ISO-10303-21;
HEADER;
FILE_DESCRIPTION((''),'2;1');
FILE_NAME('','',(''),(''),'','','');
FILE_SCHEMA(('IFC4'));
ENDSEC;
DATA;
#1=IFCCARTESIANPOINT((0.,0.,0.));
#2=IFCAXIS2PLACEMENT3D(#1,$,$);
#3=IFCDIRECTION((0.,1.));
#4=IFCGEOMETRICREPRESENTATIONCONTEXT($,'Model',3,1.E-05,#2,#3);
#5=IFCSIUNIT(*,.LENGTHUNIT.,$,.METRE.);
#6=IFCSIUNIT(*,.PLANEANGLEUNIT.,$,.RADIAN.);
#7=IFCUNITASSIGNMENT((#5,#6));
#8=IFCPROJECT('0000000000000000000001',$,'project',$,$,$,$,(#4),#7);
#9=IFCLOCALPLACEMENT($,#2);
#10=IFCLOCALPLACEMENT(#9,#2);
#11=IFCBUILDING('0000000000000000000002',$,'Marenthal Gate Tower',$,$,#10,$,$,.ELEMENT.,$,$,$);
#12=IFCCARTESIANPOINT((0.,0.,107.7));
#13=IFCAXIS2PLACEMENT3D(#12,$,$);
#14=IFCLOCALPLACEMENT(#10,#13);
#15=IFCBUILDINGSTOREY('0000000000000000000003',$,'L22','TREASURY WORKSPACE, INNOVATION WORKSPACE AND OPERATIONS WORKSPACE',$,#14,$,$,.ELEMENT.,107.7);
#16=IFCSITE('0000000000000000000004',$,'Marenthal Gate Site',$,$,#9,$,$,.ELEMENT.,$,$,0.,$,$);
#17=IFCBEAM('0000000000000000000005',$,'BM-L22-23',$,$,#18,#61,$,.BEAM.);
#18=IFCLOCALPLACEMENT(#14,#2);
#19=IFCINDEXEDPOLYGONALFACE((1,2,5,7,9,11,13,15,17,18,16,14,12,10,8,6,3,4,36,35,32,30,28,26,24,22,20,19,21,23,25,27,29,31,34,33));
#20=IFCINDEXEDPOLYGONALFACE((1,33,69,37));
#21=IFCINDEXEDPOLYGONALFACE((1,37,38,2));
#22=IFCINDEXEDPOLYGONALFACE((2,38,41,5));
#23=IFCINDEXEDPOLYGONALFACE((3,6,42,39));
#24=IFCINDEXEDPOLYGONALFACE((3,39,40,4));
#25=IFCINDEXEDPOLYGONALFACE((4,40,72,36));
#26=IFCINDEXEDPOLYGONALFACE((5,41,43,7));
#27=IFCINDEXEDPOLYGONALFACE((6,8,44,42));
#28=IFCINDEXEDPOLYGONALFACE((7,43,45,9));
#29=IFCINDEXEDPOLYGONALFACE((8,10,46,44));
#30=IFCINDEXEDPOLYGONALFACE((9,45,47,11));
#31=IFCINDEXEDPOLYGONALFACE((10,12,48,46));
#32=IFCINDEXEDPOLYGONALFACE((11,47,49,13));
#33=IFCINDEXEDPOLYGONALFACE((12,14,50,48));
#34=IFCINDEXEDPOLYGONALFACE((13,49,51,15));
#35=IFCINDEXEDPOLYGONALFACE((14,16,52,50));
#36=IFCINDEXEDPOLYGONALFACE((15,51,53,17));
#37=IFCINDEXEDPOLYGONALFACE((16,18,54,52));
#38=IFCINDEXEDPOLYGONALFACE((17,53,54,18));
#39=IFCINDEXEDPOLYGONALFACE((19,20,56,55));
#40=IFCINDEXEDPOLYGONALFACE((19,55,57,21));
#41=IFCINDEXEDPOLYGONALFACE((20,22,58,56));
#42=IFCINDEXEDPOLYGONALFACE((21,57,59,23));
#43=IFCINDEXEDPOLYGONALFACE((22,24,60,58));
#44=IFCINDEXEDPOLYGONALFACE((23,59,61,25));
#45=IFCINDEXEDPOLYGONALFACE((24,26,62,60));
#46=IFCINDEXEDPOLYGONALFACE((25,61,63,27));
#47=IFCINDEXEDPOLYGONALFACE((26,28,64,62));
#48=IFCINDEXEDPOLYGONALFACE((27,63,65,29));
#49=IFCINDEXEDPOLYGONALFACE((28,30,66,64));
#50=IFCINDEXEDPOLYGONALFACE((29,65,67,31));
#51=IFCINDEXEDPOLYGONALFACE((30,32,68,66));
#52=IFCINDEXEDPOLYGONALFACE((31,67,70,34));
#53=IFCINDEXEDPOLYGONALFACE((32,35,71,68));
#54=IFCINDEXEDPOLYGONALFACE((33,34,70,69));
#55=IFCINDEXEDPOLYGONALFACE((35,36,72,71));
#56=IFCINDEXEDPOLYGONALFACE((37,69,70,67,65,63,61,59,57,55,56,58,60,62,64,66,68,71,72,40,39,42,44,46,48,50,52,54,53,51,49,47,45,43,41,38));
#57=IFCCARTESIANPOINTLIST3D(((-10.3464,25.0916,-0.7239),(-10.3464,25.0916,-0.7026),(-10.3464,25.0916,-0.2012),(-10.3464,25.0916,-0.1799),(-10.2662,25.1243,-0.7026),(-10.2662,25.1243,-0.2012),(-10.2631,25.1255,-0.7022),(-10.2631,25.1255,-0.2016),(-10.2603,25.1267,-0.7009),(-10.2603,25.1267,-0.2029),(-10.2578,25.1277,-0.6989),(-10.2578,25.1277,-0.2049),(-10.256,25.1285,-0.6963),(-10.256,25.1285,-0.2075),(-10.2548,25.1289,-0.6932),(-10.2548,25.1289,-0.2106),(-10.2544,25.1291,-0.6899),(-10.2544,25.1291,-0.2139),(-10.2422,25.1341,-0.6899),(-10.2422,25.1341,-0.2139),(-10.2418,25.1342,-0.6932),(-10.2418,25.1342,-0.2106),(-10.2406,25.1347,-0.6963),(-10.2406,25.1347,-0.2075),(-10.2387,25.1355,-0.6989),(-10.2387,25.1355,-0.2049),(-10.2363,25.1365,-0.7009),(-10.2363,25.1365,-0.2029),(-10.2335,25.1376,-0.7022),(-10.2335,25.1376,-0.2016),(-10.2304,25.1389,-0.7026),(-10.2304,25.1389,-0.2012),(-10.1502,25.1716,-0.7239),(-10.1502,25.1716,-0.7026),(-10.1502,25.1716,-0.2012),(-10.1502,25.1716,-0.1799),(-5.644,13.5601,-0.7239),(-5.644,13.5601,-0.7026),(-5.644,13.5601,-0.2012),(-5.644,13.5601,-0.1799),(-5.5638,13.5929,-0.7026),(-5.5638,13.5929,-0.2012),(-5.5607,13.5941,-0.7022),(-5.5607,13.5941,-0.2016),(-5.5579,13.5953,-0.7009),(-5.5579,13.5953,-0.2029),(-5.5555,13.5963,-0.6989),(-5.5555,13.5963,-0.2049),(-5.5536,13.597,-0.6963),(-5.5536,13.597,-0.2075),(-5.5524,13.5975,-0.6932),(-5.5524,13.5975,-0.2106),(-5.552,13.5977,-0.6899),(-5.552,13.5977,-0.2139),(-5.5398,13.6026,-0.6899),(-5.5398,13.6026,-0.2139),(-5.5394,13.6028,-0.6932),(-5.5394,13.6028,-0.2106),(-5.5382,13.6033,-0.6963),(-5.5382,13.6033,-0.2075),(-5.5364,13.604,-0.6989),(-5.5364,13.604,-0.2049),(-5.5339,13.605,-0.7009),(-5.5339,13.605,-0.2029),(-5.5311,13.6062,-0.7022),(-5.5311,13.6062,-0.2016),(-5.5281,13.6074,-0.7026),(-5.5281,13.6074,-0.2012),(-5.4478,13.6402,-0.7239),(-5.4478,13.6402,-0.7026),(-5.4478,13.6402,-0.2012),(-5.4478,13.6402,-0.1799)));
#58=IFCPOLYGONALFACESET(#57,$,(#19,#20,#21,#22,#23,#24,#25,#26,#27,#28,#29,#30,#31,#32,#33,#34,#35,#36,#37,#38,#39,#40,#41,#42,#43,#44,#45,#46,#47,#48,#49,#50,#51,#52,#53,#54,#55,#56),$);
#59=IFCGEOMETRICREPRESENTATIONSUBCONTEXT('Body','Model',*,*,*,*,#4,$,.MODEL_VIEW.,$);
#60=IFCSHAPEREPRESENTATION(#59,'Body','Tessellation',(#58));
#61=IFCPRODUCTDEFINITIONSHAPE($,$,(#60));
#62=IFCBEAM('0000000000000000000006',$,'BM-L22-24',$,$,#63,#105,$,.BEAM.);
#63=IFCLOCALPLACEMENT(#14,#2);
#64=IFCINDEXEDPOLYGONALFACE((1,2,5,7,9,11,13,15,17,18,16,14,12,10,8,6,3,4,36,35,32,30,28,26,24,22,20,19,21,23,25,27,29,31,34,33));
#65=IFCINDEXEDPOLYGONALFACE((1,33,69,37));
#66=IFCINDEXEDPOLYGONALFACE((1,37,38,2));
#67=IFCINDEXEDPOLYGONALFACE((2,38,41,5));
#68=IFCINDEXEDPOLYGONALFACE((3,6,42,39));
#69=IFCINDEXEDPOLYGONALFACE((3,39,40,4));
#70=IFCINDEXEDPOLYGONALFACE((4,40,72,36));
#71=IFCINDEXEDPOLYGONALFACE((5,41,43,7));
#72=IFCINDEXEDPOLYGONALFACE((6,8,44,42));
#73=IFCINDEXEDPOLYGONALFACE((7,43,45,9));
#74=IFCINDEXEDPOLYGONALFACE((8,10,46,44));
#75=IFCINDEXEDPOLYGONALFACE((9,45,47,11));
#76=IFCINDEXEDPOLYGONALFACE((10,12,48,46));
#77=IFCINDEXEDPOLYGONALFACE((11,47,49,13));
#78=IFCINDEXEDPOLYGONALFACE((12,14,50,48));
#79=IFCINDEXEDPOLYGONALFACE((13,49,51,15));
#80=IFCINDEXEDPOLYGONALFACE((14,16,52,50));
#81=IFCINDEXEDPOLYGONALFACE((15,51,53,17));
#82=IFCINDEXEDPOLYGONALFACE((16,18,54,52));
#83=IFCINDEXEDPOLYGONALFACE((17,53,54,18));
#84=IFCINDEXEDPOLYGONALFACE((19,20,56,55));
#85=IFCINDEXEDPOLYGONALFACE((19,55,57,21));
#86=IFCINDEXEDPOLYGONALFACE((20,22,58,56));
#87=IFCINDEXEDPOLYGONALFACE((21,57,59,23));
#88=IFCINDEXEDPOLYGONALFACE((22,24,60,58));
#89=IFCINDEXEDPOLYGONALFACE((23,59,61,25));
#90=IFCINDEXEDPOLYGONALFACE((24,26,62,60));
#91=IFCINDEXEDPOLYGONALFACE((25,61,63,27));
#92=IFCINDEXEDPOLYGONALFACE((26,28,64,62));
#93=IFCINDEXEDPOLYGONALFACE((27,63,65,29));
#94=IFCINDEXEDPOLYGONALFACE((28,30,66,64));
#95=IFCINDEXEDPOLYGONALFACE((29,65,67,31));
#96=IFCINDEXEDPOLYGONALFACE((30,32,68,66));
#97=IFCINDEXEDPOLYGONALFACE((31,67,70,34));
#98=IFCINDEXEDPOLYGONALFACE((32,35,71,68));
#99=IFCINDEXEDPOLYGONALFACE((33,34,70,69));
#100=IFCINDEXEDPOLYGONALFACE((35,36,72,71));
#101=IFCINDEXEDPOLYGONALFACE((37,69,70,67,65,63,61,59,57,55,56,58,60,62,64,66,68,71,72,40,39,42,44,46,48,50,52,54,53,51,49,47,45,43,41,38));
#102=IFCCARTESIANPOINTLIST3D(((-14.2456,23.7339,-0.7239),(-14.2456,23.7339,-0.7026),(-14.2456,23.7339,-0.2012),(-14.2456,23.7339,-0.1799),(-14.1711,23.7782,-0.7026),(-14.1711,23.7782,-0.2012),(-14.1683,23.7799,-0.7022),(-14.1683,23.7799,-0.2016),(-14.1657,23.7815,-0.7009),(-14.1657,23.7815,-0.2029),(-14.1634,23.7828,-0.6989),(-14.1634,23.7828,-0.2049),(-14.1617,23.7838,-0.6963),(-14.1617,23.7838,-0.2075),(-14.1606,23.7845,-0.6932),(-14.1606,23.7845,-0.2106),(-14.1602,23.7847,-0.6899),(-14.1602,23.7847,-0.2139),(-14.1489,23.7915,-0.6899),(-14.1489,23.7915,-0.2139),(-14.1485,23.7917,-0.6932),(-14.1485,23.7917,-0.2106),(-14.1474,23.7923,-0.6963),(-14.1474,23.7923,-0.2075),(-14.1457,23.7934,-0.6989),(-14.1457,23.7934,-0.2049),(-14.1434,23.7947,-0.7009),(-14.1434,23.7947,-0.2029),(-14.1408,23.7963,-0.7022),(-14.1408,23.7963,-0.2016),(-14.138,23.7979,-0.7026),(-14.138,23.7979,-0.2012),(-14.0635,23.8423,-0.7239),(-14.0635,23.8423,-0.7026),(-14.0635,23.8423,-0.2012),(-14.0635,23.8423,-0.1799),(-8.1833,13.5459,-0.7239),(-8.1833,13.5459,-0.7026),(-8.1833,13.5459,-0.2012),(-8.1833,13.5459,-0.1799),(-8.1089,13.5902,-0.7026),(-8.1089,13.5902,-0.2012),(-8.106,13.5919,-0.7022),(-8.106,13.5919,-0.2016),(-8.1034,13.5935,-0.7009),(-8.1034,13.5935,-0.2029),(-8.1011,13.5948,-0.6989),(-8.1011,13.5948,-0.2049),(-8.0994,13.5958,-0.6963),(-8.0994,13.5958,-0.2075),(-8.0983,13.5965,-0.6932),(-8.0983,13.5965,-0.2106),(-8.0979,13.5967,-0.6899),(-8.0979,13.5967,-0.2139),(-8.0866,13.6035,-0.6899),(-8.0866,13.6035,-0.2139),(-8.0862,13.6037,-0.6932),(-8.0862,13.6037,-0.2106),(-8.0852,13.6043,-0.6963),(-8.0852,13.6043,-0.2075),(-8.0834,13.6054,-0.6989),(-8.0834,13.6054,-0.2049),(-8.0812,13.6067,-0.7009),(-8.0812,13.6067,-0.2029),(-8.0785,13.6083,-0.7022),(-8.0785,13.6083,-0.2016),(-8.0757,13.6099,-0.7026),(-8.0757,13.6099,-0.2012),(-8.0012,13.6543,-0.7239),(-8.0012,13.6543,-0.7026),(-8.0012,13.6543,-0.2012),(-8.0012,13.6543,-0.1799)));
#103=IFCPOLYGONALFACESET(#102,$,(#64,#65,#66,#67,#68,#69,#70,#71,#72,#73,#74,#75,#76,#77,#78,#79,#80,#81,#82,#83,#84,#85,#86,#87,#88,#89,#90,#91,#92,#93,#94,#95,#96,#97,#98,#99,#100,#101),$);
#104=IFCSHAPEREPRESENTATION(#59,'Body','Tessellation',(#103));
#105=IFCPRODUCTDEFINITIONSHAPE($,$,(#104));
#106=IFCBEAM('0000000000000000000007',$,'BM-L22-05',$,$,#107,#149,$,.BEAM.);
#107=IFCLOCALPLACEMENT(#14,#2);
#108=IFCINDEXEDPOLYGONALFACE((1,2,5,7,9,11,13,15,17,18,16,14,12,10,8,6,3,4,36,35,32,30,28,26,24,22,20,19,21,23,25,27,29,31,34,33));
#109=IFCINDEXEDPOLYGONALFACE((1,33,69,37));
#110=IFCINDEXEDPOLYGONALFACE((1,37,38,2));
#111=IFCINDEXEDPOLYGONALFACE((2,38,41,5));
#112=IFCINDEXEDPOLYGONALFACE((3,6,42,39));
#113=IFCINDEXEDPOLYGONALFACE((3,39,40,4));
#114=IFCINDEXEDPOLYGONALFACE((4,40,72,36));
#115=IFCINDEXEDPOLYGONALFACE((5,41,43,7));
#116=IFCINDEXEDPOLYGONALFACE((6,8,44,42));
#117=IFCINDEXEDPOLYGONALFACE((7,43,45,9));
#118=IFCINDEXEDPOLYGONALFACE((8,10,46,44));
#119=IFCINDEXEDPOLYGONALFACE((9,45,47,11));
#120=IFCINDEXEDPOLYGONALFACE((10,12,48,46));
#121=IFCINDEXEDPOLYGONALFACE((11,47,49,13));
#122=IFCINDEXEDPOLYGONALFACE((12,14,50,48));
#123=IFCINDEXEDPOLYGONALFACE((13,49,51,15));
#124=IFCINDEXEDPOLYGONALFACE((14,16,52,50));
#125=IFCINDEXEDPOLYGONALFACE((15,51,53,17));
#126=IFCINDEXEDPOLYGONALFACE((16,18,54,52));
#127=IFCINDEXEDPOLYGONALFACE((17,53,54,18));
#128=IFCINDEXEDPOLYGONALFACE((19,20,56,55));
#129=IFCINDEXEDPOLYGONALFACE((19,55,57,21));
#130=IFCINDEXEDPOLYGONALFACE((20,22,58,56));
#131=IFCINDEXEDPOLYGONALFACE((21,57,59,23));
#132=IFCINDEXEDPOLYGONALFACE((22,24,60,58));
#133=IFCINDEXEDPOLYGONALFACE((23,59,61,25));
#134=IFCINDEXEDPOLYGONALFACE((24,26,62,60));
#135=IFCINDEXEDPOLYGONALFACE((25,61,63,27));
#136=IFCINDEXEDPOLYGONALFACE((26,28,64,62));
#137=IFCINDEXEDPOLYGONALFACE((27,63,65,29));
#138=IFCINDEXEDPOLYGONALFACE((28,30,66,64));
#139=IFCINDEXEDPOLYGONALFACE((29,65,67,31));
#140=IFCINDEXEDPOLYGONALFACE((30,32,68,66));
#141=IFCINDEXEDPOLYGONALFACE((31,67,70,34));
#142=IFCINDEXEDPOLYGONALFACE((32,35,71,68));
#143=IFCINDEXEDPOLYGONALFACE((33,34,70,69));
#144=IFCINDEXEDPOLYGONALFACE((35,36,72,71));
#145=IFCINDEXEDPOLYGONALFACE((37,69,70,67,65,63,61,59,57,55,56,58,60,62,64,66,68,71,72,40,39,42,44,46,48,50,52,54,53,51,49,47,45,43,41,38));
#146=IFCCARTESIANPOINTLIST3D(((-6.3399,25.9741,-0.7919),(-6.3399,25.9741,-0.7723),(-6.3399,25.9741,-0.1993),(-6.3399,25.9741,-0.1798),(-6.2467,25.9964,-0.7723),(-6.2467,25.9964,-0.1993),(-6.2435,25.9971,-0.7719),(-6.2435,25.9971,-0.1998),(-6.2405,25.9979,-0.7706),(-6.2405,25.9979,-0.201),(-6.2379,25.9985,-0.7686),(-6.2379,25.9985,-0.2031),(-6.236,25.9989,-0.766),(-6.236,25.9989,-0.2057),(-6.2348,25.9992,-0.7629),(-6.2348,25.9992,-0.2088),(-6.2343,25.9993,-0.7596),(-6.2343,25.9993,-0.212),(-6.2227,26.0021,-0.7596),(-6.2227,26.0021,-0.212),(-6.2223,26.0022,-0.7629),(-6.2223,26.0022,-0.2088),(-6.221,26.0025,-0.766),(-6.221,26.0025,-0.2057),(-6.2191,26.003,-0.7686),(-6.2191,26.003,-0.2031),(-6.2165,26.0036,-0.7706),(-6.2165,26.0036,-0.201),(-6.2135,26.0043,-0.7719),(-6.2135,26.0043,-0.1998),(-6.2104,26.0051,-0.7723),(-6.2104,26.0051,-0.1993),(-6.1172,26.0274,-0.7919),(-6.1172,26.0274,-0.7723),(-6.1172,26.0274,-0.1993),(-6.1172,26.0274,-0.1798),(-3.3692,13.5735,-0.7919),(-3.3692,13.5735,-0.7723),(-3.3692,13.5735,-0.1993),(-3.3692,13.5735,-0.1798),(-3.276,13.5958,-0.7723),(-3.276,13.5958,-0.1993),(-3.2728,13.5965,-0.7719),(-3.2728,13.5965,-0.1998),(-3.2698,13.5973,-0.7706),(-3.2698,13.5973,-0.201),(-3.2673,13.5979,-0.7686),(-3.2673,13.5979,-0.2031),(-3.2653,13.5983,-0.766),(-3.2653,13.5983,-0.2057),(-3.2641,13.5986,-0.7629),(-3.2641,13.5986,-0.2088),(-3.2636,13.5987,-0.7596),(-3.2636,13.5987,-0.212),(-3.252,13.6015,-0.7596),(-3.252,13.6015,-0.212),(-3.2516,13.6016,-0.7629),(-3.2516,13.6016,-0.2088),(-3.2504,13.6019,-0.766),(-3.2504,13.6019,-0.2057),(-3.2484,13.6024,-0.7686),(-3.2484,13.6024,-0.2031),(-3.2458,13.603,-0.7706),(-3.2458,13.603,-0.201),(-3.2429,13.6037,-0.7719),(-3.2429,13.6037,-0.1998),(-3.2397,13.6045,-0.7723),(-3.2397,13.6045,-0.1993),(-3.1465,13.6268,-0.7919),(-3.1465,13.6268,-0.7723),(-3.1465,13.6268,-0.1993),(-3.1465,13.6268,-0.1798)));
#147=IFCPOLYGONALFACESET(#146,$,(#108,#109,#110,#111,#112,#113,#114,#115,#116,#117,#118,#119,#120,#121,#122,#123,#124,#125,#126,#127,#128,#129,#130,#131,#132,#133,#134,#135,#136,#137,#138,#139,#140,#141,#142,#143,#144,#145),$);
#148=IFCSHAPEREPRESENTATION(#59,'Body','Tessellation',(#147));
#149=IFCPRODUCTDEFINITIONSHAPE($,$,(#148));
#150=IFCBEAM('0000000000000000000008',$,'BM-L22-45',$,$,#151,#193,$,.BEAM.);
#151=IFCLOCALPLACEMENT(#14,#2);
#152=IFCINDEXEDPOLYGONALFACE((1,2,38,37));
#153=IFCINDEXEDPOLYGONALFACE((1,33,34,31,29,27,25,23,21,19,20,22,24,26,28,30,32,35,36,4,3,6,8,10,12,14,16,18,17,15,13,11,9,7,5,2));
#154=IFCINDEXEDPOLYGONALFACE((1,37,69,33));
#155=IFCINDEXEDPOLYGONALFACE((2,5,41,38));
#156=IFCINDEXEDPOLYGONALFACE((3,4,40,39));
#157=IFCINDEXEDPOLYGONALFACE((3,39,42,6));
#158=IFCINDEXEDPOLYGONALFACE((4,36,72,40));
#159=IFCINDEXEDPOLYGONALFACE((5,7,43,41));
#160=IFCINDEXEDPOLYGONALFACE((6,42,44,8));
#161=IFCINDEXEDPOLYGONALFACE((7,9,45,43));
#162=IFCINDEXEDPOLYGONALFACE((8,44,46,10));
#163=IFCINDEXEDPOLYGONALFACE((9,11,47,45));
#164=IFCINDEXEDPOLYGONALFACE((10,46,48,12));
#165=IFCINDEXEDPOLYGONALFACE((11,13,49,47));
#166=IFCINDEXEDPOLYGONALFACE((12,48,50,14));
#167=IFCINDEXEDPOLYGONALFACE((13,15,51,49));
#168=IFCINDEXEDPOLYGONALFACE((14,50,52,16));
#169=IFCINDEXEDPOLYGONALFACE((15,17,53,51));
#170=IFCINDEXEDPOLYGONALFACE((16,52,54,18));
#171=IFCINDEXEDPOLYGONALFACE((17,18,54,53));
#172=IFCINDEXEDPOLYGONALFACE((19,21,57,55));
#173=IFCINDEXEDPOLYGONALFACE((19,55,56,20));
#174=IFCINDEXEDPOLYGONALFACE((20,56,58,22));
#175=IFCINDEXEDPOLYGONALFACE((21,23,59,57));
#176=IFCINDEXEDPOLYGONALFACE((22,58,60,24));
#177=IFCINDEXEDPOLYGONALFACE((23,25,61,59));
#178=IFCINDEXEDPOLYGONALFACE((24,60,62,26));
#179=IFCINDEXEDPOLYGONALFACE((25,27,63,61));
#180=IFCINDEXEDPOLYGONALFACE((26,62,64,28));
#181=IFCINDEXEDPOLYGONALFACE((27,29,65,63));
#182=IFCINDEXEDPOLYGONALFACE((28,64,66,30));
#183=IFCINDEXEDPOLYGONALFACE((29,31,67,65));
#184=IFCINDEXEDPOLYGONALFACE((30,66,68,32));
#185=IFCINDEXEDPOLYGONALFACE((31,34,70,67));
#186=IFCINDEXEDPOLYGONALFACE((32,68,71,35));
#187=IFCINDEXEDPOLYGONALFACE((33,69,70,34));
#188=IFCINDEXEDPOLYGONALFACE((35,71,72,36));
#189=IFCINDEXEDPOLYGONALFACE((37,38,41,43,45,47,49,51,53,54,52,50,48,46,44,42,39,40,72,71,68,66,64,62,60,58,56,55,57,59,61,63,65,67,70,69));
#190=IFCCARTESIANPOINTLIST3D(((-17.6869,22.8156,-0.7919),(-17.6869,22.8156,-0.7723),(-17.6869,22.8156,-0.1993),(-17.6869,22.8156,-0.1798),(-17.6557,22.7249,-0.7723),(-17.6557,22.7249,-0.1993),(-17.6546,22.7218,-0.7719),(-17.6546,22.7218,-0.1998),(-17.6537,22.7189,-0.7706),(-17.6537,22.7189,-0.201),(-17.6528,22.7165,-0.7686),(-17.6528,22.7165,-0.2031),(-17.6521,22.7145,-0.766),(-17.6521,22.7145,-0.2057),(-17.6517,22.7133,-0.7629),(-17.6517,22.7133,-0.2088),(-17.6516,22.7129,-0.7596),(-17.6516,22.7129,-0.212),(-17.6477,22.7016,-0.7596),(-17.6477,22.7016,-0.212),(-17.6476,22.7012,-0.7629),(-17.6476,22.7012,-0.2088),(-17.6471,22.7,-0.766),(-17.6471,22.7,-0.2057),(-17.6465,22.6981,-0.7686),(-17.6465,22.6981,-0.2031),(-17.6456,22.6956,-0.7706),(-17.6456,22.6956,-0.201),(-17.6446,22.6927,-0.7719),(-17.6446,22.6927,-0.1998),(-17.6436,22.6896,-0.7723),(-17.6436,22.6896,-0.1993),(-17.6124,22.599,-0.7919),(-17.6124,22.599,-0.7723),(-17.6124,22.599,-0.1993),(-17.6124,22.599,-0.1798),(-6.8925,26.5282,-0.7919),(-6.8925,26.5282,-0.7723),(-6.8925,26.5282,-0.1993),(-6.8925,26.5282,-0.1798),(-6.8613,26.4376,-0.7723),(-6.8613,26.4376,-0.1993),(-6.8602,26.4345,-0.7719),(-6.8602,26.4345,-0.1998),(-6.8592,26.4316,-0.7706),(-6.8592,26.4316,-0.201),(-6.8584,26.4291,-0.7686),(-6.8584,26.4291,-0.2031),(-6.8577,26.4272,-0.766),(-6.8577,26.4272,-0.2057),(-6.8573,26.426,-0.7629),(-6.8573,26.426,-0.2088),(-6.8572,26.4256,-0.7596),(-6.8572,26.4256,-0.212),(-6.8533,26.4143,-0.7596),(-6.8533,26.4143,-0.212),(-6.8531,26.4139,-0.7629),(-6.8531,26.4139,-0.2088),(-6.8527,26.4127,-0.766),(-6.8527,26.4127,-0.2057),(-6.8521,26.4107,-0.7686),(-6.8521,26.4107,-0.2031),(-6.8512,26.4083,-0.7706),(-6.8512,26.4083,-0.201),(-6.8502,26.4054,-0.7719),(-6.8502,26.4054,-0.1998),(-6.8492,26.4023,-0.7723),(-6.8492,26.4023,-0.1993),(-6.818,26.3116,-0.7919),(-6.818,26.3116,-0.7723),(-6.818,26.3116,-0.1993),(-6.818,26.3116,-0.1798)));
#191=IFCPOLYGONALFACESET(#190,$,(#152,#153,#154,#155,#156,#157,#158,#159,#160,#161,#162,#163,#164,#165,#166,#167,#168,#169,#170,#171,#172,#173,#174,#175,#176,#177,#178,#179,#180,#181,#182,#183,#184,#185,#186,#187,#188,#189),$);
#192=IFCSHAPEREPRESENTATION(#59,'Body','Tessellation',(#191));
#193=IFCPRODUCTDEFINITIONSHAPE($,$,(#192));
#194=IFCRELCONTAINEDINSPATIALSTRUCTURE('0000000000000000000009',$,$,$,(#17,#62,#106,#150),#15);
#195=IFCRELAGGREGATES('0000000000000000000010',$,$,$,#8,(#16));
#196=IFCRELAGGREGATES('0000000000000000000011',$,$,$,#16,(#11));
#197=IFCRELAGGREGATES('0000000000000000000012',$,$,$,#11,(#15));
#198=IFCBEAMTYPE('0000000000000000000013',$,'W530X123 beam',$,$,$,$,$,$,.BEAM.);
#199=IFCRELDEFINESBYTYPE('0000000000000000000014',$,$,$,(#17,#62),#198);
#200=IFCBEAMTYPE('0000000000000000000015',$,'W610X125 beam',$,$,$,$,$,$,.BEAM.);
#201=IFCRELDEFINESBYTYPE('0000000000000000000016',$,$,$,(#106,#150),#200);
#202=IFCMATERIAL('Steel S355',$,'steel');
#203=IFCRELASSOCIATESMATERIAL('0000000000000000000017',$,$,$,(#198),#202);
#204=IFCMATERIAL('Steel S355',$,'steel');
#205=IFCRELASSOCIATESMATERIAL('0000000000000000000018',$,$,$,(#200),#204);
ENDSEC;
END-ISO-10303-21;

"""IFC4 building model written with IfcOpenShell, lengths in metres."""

from ifc_helpers import new_model, si_unit, direction, frame, origin, origin_2d, place, context, subcontext, project, spatial, i_section, extrude, material, material_profile, profile_set, type_object, element, save


model = new_model("IFC4")

# Units and contexts
model_context = context("Model", 3, precision=1e-05, world=origin(), true_north=direction((0.0, 1.0)))
body_context = subcontext(model_context, "Body", "Model", "MODEL_VIEW")
ifc_project = project(units=[si_unit("LENGTHUNIT", "METRE"), si_unit("PLANEANGLEUNIT", "RADIAN")], contexts=[model_context])

# Site, building, storey
site_placement = place(None, origin())
site = spatial("IfcSite", under=ifc_project, at=site_placement, Name="Marenthal Gate Site", CompositionType="ELEMENT", RefElevation=0.0)
building_placement = place(site_placement, origin())
building = spatial("IfcBuilding", under=site, at=building_placement, Name="Marenthal Gate Tower", CompositionType="ELEMENT")
storey_placement = place(building_placement, frame((0.0, 0.0, 107.7)))
storey = spatial("IfcBuildingStorey", under=building, at=storey_placement, Name="L22", Description="TREASURY WORKSPACE, INNOVATION WORKSPACE AND OPERATIONS WORKSPACE", CompositionType="ELEMENT", Elevation=107.7)

# Beams
ifc_material_1 = material(Name="Steel S355", Category="steel")
ifc_material_profile_1 = material_profile(ifc_material_1, i_section(OverallWidth=0.2119, OverallDepth=0.5439, WebThickness=0.0132, FlangeThickness=0.0212, FilletRadius=0.0127, at=origin_2d()), Name="W530X123")
ifc_profile_set_1 = profile_set([ifc_material_profile_1], Name="Steel S355")
beam_type_1 = type_object("IfcBeamType", Name="W530X123 beam", PredefinedType="BEAM", material=ifc_profile_set_1)
beam_1_placement = place(storey_placement, frame((-10.2483, 25.1316, -0.4519), z_axis=(0.377598, -0.92597, 0.0), x_axis=(0.92597, 0.377598, 0.0)))
element("IfcBeam", 1, at=beam_1_placement, inside=storey, type_object=beam_type_1, Name="BM-L22-23", PredefinedType="BEAM", context=body_context, shape_type="SweptSolid", body=[
    extrude(i_section(OverallWidth=0.2119, OverallDepth=0.5439, WebThickness=0.0132, FlangeThickness=0.0212, FilletRadius=0.0127, at=origin_2d()), origin(), (0.0, 0.0, 1.0), 12.4534),
])
beam_2_placement = place(storey_placement, frame((-14.1545, 23.7881, -0.4519), z_axis=(0.511358, -0.859368, 0.0), x_axis=(0.859368, 0.511358, 0.0)))
element("IfcBeam", 2, at=beam_2_placement, inside=storey, type_object=beam_type_1, Name="BM-L22-24", PredefinedType="BEAM", context=body_context, shape_type="SweptSolid", body=[
    extrude(i_section(OverallWidth=0.2119, OverallDepth=0.5439, WebThickness=0.0132, FlangeThickness=0.0212, FilletRadius=0.0127, at=origin_2d()), origin(), (0.0, 0.0, 1.0), 11.8552),
])
ifc_material_2 = material(Name="Steel S355", Category="steel")
ifc_material_profile_2 = material_profile(ifc_material_2, i_section(OverallWidth=0.229, OverallDepth=0.6121, WebThickness=0.012, FlangeThickness=0.0195, FilletRadius=0.0127, at=origin_2d()), Name="W610X125")
ifc_profile_set_2 = profile_set([ifc_material_profile_2], Name="Steel S355")
beam_type_2 = type_object("IfcBeamType", Name="W610X125 beam", PredefinedType="BEAM", material=ifc_profile_set_2)
beam_3_placement = place(storey_placement, frame((-6.2285, 26.0007, -0.4858), z_axis=(0.232969, -0.972484, 0.0), x_axis=(0.972484, 0.232969, 0.0)))
element("IfcBeam", 3, at=beam_3_placement, inside=storey, type_object=beam_type_2, Name="BM-L22-05", PredefinedType="BEAM", context=body_context, shape_type="SweptSolid", body=[
    extrude(i_section(OverallWidth=0.229, OverallDepth=0.6121, WebThickness=0.012, FlangeThickness=0.0195, FilletRadius=0.0127, at=origin_2d()), origin(), (0.0, 0.0, 1.0), 12.7515),
])
beam_4_placement = place(storey_placement, frame((-6.8552, 26.4199, -0.4858), z_axis=(-0.945631, -0.325241, 0.0), x_axis=(0.325241, -0.945631, 0.0)))
element("IfcBeam", 4, at=beam_4_placement, inside=storey, type_object=beam_type_2, Name="BM-L22-45", PredefinedType="BEAM", context=body_context, shape_type="SweptSolid", body=[
    extrude(i_section(OverallWidth=0.229, OverallDepth=0.6121, WebThickness=0.012, FlangeThickness=0.0195, FilletRadius=0.0127, at=origin_2d()), origin(), (0.0, 0.0, 1.0), 11.415),
])

save(model, "model.ifc")
